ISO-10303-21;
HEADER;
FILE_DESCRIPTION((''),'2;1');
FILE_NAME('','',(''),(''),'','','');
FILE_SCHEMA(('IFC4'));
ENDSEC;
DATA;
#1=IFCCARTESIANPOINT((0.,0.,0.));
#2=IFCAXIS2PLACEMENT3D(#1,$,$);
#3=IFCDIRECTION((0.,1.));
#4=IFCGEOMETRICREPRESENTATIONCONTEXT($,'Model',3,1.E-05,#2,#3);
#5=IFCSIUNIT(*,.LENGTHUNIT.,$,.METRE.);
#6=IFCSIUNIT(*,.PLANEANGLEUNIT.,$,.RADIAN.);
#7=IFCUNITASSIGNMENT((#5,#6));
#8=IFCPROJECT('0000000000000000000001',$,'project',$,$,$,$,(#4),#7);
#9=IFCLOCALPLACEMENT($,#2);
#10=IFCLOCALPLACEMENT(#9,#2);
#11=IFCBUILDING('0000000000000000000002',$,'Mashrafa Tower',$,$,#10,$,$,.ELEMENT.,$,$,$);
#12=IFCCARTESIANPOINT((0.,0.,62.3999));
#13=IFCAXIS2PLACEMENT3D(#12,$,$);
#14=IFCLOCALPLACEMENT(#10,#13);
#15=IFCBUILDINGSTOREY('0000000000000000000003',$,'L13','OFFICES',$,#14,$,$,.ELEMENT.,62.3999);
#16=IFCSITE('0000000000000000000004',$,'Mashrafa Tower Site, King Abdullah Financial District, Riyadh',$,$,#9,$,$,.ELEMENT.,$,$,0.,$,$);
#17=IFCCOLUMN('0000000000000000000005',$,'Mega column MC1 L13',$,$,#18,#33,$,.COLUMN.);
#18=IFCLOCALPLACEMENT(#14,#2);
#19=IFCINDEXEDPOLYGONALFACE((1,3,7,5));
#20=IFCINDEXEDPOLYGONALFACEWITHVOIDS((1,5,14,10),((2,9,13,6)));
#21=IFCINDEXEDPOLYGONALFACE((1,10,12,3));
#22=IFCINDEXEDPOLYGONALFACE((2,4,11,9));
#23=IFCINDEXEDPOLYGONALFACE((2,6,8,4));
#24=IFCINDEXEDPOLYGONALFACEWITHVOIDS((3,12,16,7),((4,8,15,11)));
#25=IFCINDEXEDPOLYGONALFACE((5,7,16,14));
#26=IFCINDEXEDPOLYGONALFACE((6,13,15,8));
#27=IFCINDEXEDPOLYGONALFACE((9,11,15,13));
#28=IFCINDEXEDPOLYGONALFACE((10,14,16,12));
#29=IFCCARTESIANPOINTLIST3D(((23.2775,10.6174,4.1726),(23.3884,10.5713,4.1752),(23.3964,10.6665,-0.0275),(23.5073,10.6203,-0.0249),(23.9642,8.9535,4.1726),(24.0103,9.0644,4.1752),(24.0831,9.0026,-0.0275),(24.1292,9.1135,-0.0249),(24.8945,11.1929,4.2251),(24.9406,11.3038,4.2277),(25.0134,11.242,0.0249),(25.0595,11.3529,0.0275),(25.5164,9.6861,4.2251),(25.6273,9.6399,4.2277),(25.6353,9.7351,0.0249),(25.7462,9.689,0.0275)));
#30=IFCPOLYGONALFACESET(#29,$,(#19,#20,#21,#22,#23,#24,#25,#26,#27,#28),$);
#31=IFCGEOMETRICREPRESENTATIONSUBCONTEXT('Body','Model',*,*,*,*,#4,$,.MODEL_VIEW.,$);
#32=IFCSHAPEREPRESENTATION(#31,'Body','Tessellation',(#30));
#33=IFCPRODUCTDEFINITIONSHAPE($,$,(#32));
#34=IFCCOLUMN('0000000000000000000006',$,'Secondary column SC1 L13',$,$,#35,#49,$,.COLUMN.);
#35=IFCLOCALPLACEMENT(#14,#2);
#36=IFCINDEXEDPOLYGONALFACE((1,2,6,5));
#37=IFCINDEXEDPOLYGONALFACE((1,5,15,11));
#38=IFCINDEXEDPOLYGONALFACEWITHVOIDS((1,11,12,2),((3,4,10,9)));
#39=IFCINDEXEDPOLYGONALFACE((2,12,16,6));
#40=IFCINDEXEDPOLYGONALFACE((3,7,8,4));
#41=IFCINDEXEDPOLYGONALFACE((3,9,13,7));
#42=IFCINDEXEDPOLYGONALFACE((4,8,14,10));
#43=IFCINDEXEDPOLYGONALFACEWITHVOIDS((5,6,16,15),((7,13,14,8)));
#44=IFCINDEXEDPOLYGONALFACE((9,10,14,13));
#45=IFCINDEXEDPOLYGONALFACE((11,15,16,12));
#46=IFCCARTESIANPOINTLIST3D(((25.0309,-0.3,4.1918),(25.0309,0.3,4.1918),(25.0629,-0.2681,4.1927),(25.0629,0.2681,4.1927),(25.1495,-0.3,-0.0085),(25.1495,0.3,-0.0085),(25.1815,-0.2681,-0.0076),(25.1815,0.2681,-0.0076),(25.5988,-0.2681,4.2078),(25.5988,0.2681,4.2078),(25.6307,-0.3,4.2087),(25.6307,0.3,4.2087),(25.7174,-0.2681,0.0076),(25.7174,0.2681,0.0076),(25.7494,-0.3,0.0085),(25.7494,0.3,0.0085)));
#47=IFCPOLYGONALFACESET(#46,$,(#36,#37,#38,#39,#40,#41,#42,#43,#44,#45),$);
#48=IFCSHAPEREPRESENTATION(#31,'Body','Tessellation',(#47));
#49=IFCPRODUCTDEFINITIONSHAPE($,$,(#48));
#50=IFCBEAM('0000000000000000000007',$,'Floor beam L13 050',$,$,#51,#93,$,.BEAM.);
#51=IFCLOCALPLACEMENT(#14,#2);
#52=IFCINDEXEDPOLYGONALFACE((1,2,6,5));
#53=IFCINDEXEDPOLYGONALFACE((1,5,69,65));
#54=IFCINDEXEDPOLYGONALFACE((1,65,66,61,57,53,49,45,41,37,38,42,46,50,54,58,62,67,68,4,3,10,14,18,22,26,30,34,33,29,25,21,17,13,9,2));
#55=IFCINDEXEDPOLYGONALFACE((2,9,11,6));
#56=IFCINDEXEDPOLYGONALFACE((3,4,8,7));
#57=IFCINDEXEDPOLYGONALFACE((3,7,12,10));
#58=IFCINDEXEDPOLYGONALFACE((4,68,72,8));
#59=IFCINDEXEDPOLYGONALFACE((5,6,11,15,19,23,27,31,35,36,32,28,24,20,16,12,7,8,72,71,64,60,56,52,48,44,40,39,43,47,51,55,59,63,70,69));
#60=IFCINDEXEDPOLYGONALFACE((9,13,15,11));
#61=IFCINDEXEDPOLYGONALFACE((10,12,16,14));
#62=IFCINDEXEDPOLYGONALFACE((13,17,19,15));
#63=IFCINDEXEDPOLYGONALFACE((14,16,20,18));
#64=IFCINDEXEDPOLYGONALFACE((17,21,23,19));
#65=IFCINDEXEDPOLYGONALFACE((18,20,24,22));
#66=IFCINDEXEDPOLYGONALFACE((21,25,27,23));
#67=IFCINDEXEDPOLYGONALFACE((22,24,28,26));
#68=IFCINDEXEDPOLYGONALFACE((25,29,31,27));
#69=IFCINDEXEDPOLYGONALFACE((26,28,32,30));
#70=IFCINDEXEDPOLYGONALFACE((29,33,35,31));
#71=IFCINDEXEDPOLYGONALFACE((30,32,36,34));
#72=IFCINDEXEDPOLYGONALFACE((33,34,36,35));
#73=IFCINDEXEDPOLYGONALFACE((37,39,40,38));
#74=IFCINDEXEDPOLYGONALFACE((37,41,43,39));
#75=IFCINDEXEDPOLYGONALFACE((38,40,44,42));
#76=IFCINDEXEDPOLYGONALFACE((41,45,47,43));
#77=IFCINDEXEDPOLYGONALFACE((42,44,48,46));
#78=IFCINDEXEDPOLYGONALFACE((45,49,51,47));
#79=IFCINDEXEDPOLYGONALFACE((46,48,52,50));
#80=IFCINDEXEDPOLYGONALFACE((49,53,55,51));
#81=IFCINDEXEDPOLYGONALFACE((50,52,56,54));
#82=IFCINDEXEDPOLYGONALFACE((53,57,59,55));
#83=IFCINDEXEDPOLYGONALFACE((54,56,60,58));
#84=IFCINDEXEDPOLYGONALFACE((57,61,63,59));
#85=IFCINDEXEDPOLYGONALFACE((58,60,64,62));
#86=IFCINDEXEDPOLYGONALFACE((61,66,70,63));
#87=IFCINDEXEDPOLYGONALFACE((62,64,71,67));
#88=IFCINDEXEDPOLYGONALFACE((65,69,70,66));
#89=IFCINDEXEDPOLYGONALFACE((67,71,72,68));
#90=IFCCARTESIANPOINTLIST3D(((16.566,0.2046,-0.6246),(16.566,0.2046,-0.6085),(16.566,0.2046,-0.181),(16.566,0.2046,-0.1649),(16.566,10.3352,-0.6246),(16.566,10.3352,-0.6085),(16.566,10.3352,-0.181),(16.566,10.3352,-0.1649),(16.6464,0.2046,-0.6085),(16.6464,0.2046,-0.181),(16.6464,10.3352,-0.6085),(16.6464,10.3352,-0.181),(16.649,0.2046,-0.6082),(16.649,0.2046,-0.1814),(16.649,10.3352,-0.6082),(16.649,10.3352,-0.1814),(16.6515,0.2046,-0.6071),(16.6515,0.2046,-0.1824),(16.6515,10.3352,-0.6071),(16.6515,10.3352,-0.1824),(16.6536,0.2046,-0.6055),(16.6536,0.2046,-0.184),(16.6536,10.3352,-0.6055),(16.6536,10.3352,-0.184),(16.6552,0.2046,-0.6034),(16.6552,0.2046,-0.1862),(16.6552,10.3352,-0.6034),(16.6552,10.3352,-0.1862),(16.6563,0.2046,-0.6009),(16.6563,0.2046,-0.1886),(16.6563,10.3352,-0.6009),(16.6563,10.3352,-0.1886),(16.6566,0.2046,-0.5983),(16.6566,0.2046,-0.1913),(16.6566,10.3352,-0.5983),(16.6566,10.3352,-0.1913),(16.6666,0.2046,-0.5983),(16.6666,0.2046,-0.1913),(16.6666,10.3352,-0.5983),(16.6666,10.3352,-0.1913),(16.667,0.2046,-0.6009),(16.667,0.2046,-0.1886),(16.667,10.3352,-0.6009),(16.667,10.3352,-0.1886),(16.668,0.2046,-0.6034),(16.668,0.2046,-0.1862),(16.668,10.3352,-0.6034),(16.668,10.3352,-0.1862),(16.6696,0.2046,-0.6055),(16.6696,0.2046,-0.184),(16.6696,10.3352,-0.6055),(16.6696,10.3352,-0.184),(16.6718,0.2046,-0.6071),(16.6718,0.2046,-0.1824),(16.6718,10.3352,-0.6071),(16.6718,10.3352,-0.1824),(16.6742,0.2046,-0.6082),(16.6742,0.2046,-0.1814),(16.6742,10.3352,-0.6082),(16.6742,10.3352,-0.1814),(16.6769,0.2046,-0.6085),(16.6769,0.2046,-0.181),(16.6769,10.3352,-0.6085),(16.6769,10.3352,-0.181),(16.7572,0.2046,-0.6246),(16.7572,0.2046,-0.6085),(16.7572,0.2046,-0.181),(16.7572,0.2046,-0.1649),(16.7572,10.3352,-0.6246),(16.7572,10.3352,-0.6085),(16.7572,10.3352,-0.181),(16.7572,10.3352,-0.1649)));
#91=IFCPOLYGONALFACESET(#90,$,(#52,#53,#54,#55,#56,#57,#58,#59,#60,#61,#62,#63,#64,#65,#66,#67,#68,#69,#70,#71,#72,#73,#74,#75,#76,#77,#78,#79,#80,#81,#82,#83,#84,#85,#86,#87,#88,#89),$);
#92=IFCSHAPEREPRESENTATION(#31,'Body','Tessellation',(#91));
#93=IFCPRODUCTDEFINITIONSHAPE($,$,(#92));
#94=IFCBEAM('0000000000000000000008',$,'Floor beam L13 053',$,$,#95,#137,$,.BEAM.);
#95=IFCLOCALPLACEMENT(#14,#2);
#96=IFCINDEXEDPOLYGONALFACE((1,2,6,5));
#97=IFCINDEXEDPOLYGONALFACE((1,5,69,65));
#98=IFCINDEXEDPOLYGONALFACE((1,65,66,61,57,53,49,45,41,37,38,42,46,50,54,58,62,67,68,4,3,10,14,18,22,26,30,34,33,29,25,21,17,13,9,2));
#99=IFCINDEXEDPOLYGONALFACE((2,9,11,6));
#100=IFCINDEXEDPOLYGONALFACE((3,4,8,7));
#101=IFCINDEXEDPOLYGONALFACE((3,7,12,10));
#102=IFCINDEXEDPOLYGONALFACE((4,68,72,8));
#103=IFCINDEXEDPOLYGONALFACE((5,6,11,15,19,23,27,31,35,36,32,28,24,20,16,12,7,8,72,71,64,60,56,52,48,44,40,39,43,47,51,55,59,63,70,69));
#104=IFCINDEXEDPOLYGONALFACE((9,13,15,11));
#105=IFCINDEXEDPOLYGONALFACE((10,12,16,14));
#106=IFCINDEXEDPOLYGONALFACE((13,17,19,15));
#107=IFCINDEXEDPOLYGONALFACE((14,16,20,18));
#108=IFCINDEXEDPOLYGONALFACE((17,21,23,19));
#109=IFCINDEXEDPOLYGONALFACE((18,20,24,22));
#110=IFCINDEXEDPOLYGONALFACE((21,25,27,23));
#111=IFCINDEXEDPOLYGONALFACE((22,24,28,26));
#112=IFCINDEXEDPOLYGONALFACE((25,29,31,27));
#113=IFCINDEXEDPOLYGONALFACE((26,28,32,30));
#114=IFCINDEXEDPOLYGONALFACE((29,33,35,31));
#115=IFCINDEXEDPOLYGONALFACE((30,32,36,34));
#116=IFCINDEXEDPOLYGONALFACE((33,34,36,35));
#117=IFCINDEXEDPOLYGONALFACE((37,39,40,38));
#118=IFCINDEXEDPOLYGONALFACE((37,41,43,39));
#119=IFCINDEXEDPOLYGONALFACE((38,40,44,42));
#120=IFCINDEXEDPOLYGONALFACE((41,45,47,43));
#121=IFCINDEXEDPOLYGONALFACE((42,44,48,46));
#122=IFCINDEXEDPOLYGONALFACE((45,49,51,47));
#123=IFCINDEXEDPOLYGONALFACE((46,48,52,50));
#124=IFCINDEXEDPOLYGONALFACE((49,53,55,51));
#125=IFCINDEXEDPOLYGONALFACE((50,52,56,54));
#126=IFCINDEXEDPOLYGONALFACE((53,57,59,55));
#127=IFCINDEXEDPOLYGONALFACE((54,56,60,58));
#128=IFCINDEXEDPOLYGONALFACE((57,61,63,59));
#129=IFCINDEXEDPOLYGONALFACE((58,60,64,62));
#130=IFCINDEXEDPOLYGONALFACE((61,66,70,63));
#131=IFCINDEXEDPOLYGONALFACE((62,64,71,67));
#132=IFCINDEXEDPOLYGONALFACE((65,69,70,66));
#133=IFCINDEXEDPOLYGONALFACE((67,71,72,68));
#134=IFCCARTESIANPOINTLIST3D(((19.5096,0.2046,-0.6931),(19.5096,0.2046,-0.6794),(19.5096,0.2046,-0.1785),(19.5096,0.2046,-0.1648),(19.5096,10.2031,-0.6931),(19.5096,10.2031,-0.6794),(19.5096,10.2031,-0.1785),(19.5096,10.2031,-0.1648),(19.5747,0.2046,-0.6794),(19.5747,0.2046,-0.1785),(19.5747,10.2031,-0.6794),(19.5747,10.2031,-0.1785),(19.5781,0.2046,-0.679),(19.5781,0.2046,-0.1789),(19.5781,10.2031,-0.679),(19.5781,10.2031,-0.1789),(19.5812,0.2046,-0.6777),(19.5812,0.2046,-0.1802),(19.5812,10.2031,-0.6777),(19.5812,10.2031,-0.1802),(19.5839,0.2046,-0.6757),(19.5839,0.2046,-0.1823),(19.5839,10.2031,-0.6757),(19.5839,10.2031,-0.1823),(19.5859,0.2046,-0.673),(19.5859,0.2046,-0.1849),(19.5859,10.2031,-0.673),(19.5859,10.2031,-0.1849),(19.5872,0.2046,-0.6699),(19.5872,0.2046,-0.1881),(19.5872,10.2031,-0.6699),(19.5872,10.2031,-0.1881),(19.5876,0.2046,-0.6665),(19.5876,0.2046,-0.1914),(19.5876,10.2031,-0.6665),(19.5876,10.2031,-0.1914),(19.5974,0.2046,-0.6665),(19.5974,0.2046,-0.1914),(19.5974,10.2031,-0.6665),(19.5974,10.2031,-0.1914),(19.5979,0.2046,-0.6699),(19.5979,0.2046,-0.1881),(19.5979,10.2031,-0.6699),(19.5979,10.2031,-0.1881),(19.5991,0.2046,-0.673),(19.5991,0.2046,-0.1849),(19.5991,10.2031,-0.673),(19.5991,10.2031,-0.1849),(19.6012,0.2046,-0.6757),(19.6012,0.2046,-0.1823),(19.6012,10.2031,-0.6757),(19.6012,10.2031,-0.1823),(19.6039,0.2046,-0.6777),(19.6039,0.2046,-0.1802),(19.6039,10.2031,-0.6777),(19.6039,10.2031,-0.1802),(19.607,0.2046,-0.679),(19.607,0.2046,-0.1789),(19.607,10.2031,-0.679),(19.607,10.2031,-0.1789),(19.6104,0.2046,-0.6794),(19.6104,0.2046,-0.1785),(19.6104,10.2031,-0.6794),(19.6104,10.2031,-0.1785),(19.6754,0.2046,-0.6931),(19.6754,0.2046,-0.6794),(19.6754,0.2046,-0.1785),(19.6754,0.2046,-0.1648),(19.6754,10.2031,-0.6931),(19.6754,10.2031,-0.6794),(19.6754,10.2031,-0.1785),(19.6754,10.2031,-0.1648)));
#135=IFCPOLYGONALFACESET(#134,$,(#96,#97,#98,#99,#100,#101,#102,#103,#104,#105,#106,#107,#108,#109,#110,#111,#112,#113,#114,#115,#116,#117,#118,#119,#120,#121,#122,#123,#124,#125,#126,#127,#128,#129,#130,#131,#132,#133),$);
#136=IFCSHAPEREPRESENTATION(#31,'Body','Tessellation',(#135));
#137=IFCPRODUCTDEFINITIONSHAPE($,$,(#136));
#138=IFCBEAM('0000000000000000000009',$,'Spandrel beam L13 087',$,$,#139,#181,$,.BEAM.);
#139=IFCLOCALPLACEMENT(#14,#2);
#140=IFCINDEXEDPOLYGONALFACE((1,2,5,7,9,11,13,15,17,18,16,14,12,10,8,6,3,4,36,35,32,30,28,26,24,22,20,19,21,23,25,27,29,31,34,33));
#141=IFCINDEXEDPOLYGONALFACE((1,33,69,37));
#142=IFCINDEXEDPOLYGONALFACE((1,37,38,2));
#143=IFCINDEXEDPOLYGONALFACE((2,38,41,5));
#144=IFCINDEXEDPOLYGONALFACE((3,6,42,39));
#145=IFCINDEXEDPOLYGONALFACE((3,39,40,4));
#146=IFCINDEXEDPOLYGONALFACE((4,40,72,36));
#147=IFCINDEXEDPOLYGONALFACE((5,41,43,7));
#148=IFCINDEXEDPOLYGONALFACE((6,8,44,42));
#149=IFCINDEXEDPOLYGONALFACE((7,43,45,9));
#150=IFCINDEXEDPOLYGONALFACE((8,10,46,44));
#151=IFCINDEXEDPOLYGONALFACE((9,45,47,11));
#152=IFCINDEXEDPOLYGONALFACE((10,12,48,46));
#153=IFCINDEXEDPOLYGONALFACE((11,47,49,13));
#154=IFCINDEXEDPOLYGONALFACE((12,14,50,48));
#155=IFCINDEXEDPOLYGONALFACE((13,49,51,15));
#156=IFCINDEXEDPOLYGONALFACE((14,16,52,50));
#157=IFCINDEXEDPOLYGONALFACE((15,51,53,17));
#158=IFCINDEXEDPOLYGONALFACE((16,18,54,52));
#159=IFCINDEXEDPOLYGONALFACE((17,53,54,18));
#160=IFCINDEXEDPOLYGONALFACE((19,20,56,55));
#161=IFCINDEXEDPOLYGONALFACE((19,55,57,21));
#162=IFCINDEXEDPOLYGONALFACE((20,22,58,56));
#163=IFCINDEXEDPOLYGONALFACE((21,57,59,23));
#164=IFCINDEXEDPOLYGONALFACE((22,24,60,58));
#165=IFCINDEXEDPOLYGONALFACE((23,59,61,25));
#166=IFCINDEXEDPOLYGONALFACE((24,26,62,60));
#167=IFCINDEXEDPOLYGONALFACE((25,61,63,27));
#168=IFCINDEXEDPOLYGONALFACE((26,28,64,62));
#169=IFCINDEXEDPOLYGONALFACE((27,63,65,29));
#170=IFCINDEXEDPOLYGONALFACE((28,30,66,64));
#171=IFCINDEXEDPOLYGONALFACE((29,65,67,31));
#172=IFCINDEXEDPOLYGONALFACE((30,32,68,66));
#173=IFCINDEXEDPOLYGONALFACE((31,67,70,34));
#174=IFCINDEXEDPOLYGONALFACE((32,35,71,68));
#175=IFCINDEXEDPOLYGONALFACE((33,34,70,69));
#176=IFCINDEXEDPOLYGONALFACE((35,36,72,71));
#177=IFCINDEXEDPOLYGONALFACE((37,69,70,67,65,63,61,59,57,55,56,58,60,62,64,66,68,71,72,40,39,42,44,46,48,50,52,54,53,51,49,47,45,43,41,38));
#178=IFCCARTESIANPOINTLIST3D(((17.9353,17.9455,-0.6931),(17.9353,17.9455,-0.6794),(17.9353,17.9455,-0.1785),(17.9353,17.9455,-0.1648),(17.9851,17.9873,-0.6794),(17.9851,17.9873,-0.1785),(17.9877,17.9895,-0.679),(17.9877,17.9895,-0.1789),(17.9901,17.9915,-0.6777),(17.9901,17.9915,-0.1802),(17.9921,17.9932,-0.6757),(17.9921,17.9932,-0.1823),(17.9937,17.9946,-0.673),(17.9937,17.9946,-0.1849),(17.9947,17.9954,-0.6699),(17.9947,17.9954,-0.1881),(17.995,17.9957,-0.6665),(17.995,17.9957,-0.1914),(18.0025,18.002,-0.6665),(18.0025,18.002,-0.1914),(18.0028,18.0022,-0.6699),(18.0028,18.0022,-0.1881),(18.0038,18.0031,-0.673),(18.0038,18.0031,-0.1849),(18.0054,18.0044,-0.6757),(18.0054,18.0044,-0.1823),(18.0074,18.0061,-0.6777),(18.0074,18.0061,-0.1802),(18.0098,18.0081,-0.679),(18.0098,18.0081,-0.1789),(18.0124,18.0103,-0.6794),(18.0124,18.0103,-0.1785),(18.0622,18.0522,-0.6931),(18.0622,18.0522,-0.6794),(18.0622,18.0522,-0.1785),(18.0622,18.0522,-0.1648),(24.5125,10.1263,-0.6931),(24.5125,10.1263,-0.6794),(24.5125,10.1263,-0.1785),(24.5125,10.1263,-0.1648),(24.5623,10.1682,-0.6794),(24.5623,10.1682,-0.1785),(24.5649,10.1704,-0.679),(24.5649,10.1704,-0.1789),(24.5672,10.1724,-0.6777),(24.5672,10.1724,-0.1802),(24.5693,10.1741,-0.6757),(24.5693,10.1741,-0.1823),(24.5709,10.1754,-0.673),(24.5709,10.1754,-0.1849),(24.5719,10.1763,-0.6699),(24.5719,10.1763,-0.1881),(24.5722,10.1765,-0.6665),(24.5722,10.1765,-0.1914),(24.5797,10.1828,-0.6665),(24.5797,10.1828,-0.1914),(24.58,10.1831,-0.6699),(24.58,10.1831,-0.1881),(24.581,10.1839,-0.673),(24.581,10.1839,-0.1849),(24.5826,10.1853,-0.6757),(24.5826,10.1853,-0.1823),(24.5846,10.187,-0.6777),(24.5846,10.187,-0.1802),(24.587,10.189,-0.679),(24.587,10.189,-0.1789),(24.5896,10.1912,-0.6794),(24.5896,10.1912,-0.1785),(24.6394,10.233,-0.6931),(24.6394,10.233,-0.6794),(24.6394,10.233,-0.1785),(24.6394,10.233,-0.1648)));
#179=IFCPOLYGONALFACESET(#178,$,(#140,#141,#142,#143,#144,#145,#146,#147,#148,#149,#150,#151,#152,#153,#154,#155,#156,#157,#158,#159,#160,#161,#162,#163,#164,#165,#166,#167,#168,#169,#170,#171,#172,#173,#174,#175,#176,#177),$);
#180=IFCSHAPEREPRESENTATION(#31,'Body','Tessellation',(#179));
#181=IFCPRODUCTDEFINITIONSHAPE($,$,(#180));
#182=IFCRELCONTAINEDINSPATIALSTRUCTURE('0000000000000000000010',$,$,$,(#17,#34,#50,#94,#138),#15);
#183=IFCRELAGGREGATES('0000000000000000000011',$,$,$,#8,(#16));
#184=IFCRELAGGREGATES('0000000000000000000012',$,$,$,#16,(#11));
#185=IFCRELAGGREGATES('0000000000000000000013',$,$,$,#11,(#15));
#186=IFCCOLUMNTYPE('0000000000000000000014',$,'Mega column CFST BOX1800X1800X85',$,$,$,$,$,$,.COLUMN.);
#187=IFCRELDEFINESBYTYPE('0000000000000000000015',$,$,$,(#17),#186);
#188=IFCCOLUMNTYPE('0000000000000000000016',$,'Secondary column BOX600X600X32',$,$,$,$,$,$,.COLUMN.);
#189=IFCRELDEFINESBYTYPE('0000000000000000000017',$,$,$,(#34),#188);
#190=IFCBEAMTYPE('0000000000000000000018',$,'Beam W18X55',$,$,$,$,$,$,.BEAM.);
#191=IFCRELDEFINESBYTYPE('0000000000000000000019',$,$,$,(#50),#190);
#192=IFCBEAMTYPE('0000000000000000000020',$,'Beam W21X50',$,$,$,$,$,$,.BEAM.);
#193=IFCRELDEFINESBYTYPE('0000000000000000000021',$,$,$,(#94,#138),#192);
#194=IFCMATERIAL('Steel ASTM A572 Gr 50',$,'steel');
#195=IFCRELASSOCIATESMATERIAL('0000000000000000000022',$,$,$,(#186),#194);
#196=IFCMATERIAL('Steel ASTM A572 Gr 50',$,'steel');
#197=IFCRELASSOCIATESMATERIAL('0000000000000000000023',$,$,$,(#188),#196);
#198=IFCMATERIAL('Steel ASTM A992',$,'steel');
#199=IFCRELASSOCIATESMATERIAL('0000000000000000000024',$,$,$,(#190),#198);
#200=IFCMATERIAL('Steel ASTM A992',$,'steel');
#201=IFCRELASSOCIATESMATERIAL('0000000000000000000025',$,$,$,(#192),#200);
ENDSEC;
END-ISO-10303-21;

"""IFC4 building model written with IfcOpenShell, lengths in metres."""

from ifc_helpers import new_model, si_unit, direction, frame, origin, origin_2d, place, context, subcontext, project, spatial, hollow_rectangle, i_section, extrude, material, material_profile, profile_set, type_object, element, save


model = new_model("IFC4")

# Units and contexts
model_context = context("Model", 3, precision=1e-05, world=origin(), true_north=direction((0.0, 1.0)))
body_context = subcontext(model_context, "Body", "Model", "MODEL_VIEW")
ifc_project = project(units=[si_unit("LENGTHUNIT", "METRE"), si_unit("PLANEANGLEUNIT", "RADIAN")], contexts=[model_context])

# Site, building, storey
site_placement = place(None, origin())
site = spatial("IfcSite", under=ifc_project, at=site_placement, Name="Mashrafa Tower Site, King Abdullah Financial District, Riyadh", CompositionType="ELEMENT", RefElevation=0.0)
building_placement = place(site_placement, origin())
building = spatial("IfcBuilding", under=site, at=building_placement, Name="Mashrafa Tower", CompositionType="ELEMENT")
storey_placement = place(building_placement, frame((0.0, 0.0, 62.3999)))
storey = spatial("IfcBuildingStorey", under=building, at=storey_placement, Name="L13", Description="OFFICES", CompositionType="ELEMENT", Elevation=62.3999)

# Columns
ifc_material_1 = material(Name="Steel ASTM A572 Gr 50", Category="steel")
ifc_material_profile_1 = material_profile(ifc_material_1, hollow_rectangle(XDim=1.8, YDim=1.8, WallThickness=0.085, at=origin_2d()), Name="BOX1800X1800X85")
ifc_profile_set_1 = profile_set([ifc_material_profile_1], Name="Steel ASTM A572 Gr 50")
column_type_1 = type_object("IfcColumnType", Name="Mega column CFST BOX1800X1800X85", PredefinedType="COLUMN", material=ifc_profile_set_1)
column_1_placement = place(storey_placement, frame((24.5713, 10.1777, 0.0), z_axis=(-0.028294, -0.011678, 0.999531), x_axis=(0.381513, -0.924363, 0.0)))
element("IfcColumn", 1, at=column_1_placement, inside=storey, type_object=column_type_1, Name="Mega column MC1 L13", PredefinedType="COLUMN", context=body_context, shape_type="SweptSolid", body=[
    extrude(hollow_rectangle(XDim=1.8, YDim=1.8, WallThickness=0.085, at=origin_2d()), origin(), (0.0, 0.0, 1.0), 4.2021),
])
ifc_material_2 = material(Name="Steel ASTM A572 Gr 50", Category="steel")
ifc_material_profile_2 = material_profile(ifc_material_2, hollow_rectangle(XDim=0.6001, YDim=0.6001, WallThickness=0.032, at=origin_2d()), Name="BOX600X600X32")
ifc_profile_set_2 = profile_set([ifc_material_profile_2], Name="Steel ASTM A572 Gr 50")
column_type_2 = type_object("IfcColumnType", Name="Secondary column BOX600X600X32", PredefinedType="COLUMN", material=ifc_profile_set_2)
column_2_placement = place(storey_placement, frame((25.4495, 0.0, 0.0), z_axis=(-0.028238, 0.0, 0.999601), x_axis=(0.0, -1.0, 0.0)))
element("IfcColumn", 2, at=column_2_placement, inside=storey, type_object=column_type_2, Name="Secondary column SC1 L13", PredefinedType="COLUMN", context=body_context, shape_type="SweptSolid", body=[
    extrude(hollow_rectangle(XDim=0.6001, YDim=0.6001, WallThickness=0.032, at=origin_2d()), origin(), (0.0, 0.0, 1.0), 4.2019),
])

# Beams
ifc_material_3 = material(Name="Steel ASTM A992", Category="steel")
ifc_material_profile_3 = material_profile(ifc_material_3, i_section(OverallWidth=0.1912, OverallDepth=0.4597, WebThickness=0.01, FlangeThickness=0.0161, FilletRadius=0.0103, at=origin_2d()), Name="W18X55")
ifc_profile_set_3 = profile_set([ifc_material_profile_3], Name="Steel ASTM A992")
beam_type_1 = type_object("IfcBeamType", Name="Beam W18X55", PredefinedType="BEAM", material=ifc_profile_set_3)
beam_1_placement = place(storey_placement, frame((16.6616, 10.3352, -0.3948), z_axis=(0.0, -1.0, 0.0), x_axis=(1.0, 0.0, 0.0)))
element("IfcBeam", 3, at=beam_1_placement, inside=storey, type_object=beam_type_1, Name="Floor beam L13 050", PredefinedType="BEAM", context=body_context, shape_type="SweptSolid", body=[
    extrude(i_section(OverallWidth=0.1912, OverallDepth=0.4597, WebThickness=0.01, FlangeThickness=0.0161, FilletRadius=0.0103, at=origin_2d()), origin(), (0.0, 0.0, 1.0), 10.1306),
])
ifc_material_4 = material(Name="Steel ASTM A992", Category="steel")
ifc_material_profile_4 = material_profile(ifc_material_4, i_section(OverallWidth=0.1658, OverallDepth=0.5283, WebThickness=0.0098, FlangeThickness=0.0137, FilletRadius=0.0129, at=origin_2d()), Name="W21X50")
ifc_profile_set_4 = profile_set([ifc_material_profile_4], Name="Steel ASTM A992")
beam_type_2 = type_object("IfcBeamType", Name="Beam W21X50", PredefinedType="BEAM", material=ifc_profile_set_4)
beam_2_placement = place(storey_placement, frame((19.5925, 10.2031, -0.429), z_axis=(0.0, -1.0, 0.0), x_axis=(1.0, 0.0, 0.0)))
element("IfcBeam", 4, at=beam_2_placement, inside=storey, type_object=beam_type_2, Name="Floor beam L13 053", PredefinedType="BEAM", context=body_context, shape_type="SweptSolid", body=[
    extrude(i_section(OverallWidth=0.1658, OverallDepth=0.5283, WebThickness=0.0098, FlangeThickness=0.0137, FilletRadius=0.0129, at=origin_2d()), origin(), (0.0, 0.0, 1.0), 9.9985),
])
for number, where, z_axis, x_axis, name in (
    (5, (24.5759, 10.1797, -0.429), (-0.643715, 0.765266, 0.0), (-0.765266, -0.643715, 0.0), "Spandrel beam L13 087"),
):
    element("IfcBeam", number, at=place(storey_placement, frame(where, z_axis=z_axis, x_axis=x_axis)), inside=storey, type_object=beam_type_2, Name=name, PredefinedType="BEAM", context=body_context, shape_type="SweptSolid", body=[
        extrude(i_section(OverallWidth=0.1658, OverallDepth=0.5283, WebThickness=0.0098, FlangeThickness=0.0137, FilletRadius=0.0129, at=origin_2d()), origin(), (0.0, 0.0, 1.0), 10.2175),
    ])

save(model, "model.ifc")
